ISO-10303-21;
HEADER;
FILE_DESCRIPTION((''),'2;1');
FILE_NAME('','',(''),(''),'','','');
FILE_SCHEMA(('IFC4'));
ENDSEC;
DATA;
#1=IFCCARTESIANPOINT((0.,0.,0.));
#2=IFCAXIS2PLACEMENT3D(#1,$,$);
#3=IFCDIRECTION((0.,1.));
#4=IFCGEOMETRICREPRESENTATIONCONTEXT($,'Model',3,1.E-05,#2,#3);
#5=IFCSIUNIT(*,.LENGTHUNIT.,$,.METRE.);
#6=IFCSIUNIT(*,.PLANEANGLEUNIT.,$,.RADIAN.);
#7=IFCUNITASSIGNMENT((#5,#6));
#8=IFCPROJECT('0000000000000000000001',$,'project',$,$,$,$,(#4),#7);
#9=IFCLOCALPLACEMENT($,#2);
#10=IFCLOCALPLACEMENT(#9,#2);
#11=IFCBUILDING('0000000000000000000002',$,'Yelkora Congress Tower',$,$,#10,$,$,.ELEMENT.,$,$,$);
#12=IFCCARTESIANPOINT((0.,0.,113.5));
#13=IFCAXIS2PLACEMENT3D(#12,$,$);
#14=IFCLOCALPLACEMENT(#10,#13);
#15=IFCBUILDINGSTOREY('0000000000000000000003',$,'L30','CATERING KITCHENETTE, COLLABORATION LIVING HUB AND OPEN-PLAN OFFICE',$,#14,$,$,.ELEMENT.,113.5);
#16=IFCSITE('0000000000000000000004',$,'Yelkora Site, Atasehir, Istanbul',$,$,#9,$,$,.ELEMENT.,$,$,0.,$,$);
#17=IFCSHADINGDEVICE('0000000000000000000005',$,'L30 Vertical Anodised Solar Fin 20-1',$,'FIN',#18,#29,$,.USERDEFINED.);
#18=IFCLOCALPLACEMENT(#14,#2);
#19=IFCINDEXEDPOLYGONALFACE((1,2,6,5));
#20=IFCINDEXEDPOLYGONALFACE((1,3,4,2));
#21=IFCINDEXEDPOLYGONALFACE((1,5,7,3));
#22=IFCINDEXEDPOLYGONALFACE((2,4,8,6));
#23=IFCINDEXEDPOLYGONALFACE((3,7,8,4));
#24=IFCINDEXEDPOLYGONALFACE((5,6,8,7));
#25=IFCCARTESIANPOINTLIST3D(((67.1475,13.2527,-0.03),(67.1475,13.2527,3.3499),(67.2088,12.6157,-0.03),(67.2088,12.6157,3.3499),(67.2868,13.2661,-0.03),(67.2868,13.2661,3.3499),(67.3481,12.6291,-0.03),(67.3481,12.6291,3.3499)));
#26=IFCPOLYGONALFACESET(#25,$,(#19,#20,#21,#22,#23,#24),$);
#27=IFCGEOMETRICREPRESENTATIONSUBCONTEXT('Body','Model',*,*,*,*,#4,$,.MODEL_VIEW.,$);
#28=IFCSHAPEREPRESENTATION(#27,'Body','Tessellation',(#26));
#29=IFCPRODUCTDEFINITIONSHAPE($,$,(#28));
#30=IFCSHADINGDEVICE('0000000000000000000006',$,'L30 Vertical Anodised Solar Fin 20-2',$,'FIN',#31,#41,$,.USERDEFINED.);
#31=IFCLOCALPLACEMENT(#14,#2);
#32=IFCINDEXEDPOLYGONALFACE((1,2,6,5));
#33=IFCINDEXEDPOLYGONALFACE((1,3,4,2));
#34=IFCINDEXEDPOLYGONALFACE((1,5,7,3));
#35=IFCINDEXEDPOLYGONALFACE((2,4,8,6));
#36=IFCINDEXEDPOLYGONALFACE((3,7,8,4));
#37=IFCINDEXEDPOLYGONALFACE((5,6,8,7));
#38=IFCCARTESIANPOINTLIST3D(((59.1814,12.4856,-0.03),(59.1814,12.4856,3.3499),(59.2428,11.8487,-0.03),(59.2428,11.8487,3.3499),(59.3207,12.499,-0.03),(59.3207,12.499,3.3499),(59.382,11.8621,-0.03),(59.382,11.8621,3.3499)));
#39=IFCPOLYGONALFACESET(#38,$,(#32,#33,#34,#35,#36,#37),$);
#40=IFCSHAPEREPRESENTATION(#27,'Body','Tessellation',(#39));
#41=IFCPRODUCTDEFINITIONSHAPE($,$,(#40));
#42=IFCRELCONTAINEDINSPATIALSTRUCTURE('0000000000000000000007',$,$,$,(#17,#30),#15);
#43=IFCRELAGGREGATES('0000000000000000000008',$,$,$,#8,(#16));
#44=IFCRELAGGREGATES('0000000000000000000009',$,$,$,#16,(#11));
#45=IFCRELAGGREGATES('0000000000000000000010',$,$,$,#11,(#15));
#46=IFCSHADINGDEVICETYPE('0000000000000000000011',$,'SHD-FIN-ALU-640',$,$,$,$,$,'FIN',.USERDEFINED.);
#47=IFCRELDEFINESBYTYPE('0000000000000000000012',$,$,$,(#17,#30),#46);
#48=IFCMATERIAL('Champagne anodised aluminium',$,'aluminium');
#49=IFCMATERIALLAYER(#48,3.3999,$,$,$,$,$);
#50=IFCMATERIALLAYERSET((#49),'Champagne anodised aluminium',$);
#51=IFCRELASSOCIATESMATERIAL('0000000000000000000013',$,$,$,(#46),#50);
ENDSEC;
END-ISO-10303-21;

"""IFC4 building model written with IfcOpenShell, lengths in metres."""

from ifc_helpers import new_model, si_unit, direction, frame, origin, origin_2d, place, context, subcontext, project, spatial, rectangle, extrude, material, layer, layer_set, type_object, element, save


model = new_model("IFC4")

# Units and contexts
model_context = context("Model", 3, precision=1e-05, world=origin(), true_north=direction((0.0, 1.0)))
body_context = subcontext(model_context, "Body", "Model", "MODEL_VIEW")
ifc_project = project(units=[si_unit("LENGTHUNIT", "METRE"), si_unit("PLANEANGLEUNIT", "RADIAN")], contexts=[model_context])

# Site, building, storey
site_placement = place(None, origin())
site = spatial("IfcSite", under=ifc_project, at=site_placement, Name="Yelkora Site, Atasehir, Istanbul", CompositionType="ELEMENT", RefElevation=0.0)
building_placement = place(site_placement, origin())
building = spatial("IfcBuilding", under=site, at=building_placement, Name="Yelkora Congress Tower", CompositionType="ELEMENT")
storey_placement = place(building_placement, frame((0.0, 0.0, 113.5)))
storey = spatial("IfcBuildingStorey", under=building, at=storey_placement, Name="L30", Description="CATERING KITCHENETTE, COLLABORATION LIVING HUB AND OPEN-PLAN OFFICE", CompositionType="ELEMENT", Elevation=113.5)

# Shading devices
ifc_material_1 = material(Name="Champagne anodised aluminium", Category="aluminium")
ifc_layer_1 = layer(ifc_material_1, 3.3999)
ifc_layer_set_1 = layer_set([ifc_layer_1], Name="Champagne anodised aluminium")
shading_device_type = type_object("IfcShadingDeviceType", Name="SHD-FIN-ALU-640", ElementType="FIN", PredefinedType="USERDEFINED", material=ifc_layer_set_1)
for number, where, z_axis, x_axis, name in (
    (1, (67.2478, 12.9409, -0.03), (0.0, 0.0, 1.0), (-0.995396, -0.095846, 0.0), "L30 Vertical Anodised Solar Fin 20-1"),
    (2, (59.2817, 12.1738, -0.03), (0.0, 0.0, 1.0), (-0.995396, -0.095846, 0.0), "L30 Vertical Anodised Solar Fin 20-2"),
):
    element("IfcShadingDevice", number, at=place(storey_placement, frame(where, z_axis=z_axis, x_axis=x_axis)), inside=storey, type_object=shading_device_type, Name=name, ObjectType="FIN", PredefinedType="USERDEFINED", context=body_context, shape_type="SweptSolid", body=[
        extrude(rectangle(XDim=0.1399, YDim=0.6399, at=origin_2d()), origin(), (0.0, 0.0, 1.0), 3.3799),
    ])

save(model, "model.ifc")
